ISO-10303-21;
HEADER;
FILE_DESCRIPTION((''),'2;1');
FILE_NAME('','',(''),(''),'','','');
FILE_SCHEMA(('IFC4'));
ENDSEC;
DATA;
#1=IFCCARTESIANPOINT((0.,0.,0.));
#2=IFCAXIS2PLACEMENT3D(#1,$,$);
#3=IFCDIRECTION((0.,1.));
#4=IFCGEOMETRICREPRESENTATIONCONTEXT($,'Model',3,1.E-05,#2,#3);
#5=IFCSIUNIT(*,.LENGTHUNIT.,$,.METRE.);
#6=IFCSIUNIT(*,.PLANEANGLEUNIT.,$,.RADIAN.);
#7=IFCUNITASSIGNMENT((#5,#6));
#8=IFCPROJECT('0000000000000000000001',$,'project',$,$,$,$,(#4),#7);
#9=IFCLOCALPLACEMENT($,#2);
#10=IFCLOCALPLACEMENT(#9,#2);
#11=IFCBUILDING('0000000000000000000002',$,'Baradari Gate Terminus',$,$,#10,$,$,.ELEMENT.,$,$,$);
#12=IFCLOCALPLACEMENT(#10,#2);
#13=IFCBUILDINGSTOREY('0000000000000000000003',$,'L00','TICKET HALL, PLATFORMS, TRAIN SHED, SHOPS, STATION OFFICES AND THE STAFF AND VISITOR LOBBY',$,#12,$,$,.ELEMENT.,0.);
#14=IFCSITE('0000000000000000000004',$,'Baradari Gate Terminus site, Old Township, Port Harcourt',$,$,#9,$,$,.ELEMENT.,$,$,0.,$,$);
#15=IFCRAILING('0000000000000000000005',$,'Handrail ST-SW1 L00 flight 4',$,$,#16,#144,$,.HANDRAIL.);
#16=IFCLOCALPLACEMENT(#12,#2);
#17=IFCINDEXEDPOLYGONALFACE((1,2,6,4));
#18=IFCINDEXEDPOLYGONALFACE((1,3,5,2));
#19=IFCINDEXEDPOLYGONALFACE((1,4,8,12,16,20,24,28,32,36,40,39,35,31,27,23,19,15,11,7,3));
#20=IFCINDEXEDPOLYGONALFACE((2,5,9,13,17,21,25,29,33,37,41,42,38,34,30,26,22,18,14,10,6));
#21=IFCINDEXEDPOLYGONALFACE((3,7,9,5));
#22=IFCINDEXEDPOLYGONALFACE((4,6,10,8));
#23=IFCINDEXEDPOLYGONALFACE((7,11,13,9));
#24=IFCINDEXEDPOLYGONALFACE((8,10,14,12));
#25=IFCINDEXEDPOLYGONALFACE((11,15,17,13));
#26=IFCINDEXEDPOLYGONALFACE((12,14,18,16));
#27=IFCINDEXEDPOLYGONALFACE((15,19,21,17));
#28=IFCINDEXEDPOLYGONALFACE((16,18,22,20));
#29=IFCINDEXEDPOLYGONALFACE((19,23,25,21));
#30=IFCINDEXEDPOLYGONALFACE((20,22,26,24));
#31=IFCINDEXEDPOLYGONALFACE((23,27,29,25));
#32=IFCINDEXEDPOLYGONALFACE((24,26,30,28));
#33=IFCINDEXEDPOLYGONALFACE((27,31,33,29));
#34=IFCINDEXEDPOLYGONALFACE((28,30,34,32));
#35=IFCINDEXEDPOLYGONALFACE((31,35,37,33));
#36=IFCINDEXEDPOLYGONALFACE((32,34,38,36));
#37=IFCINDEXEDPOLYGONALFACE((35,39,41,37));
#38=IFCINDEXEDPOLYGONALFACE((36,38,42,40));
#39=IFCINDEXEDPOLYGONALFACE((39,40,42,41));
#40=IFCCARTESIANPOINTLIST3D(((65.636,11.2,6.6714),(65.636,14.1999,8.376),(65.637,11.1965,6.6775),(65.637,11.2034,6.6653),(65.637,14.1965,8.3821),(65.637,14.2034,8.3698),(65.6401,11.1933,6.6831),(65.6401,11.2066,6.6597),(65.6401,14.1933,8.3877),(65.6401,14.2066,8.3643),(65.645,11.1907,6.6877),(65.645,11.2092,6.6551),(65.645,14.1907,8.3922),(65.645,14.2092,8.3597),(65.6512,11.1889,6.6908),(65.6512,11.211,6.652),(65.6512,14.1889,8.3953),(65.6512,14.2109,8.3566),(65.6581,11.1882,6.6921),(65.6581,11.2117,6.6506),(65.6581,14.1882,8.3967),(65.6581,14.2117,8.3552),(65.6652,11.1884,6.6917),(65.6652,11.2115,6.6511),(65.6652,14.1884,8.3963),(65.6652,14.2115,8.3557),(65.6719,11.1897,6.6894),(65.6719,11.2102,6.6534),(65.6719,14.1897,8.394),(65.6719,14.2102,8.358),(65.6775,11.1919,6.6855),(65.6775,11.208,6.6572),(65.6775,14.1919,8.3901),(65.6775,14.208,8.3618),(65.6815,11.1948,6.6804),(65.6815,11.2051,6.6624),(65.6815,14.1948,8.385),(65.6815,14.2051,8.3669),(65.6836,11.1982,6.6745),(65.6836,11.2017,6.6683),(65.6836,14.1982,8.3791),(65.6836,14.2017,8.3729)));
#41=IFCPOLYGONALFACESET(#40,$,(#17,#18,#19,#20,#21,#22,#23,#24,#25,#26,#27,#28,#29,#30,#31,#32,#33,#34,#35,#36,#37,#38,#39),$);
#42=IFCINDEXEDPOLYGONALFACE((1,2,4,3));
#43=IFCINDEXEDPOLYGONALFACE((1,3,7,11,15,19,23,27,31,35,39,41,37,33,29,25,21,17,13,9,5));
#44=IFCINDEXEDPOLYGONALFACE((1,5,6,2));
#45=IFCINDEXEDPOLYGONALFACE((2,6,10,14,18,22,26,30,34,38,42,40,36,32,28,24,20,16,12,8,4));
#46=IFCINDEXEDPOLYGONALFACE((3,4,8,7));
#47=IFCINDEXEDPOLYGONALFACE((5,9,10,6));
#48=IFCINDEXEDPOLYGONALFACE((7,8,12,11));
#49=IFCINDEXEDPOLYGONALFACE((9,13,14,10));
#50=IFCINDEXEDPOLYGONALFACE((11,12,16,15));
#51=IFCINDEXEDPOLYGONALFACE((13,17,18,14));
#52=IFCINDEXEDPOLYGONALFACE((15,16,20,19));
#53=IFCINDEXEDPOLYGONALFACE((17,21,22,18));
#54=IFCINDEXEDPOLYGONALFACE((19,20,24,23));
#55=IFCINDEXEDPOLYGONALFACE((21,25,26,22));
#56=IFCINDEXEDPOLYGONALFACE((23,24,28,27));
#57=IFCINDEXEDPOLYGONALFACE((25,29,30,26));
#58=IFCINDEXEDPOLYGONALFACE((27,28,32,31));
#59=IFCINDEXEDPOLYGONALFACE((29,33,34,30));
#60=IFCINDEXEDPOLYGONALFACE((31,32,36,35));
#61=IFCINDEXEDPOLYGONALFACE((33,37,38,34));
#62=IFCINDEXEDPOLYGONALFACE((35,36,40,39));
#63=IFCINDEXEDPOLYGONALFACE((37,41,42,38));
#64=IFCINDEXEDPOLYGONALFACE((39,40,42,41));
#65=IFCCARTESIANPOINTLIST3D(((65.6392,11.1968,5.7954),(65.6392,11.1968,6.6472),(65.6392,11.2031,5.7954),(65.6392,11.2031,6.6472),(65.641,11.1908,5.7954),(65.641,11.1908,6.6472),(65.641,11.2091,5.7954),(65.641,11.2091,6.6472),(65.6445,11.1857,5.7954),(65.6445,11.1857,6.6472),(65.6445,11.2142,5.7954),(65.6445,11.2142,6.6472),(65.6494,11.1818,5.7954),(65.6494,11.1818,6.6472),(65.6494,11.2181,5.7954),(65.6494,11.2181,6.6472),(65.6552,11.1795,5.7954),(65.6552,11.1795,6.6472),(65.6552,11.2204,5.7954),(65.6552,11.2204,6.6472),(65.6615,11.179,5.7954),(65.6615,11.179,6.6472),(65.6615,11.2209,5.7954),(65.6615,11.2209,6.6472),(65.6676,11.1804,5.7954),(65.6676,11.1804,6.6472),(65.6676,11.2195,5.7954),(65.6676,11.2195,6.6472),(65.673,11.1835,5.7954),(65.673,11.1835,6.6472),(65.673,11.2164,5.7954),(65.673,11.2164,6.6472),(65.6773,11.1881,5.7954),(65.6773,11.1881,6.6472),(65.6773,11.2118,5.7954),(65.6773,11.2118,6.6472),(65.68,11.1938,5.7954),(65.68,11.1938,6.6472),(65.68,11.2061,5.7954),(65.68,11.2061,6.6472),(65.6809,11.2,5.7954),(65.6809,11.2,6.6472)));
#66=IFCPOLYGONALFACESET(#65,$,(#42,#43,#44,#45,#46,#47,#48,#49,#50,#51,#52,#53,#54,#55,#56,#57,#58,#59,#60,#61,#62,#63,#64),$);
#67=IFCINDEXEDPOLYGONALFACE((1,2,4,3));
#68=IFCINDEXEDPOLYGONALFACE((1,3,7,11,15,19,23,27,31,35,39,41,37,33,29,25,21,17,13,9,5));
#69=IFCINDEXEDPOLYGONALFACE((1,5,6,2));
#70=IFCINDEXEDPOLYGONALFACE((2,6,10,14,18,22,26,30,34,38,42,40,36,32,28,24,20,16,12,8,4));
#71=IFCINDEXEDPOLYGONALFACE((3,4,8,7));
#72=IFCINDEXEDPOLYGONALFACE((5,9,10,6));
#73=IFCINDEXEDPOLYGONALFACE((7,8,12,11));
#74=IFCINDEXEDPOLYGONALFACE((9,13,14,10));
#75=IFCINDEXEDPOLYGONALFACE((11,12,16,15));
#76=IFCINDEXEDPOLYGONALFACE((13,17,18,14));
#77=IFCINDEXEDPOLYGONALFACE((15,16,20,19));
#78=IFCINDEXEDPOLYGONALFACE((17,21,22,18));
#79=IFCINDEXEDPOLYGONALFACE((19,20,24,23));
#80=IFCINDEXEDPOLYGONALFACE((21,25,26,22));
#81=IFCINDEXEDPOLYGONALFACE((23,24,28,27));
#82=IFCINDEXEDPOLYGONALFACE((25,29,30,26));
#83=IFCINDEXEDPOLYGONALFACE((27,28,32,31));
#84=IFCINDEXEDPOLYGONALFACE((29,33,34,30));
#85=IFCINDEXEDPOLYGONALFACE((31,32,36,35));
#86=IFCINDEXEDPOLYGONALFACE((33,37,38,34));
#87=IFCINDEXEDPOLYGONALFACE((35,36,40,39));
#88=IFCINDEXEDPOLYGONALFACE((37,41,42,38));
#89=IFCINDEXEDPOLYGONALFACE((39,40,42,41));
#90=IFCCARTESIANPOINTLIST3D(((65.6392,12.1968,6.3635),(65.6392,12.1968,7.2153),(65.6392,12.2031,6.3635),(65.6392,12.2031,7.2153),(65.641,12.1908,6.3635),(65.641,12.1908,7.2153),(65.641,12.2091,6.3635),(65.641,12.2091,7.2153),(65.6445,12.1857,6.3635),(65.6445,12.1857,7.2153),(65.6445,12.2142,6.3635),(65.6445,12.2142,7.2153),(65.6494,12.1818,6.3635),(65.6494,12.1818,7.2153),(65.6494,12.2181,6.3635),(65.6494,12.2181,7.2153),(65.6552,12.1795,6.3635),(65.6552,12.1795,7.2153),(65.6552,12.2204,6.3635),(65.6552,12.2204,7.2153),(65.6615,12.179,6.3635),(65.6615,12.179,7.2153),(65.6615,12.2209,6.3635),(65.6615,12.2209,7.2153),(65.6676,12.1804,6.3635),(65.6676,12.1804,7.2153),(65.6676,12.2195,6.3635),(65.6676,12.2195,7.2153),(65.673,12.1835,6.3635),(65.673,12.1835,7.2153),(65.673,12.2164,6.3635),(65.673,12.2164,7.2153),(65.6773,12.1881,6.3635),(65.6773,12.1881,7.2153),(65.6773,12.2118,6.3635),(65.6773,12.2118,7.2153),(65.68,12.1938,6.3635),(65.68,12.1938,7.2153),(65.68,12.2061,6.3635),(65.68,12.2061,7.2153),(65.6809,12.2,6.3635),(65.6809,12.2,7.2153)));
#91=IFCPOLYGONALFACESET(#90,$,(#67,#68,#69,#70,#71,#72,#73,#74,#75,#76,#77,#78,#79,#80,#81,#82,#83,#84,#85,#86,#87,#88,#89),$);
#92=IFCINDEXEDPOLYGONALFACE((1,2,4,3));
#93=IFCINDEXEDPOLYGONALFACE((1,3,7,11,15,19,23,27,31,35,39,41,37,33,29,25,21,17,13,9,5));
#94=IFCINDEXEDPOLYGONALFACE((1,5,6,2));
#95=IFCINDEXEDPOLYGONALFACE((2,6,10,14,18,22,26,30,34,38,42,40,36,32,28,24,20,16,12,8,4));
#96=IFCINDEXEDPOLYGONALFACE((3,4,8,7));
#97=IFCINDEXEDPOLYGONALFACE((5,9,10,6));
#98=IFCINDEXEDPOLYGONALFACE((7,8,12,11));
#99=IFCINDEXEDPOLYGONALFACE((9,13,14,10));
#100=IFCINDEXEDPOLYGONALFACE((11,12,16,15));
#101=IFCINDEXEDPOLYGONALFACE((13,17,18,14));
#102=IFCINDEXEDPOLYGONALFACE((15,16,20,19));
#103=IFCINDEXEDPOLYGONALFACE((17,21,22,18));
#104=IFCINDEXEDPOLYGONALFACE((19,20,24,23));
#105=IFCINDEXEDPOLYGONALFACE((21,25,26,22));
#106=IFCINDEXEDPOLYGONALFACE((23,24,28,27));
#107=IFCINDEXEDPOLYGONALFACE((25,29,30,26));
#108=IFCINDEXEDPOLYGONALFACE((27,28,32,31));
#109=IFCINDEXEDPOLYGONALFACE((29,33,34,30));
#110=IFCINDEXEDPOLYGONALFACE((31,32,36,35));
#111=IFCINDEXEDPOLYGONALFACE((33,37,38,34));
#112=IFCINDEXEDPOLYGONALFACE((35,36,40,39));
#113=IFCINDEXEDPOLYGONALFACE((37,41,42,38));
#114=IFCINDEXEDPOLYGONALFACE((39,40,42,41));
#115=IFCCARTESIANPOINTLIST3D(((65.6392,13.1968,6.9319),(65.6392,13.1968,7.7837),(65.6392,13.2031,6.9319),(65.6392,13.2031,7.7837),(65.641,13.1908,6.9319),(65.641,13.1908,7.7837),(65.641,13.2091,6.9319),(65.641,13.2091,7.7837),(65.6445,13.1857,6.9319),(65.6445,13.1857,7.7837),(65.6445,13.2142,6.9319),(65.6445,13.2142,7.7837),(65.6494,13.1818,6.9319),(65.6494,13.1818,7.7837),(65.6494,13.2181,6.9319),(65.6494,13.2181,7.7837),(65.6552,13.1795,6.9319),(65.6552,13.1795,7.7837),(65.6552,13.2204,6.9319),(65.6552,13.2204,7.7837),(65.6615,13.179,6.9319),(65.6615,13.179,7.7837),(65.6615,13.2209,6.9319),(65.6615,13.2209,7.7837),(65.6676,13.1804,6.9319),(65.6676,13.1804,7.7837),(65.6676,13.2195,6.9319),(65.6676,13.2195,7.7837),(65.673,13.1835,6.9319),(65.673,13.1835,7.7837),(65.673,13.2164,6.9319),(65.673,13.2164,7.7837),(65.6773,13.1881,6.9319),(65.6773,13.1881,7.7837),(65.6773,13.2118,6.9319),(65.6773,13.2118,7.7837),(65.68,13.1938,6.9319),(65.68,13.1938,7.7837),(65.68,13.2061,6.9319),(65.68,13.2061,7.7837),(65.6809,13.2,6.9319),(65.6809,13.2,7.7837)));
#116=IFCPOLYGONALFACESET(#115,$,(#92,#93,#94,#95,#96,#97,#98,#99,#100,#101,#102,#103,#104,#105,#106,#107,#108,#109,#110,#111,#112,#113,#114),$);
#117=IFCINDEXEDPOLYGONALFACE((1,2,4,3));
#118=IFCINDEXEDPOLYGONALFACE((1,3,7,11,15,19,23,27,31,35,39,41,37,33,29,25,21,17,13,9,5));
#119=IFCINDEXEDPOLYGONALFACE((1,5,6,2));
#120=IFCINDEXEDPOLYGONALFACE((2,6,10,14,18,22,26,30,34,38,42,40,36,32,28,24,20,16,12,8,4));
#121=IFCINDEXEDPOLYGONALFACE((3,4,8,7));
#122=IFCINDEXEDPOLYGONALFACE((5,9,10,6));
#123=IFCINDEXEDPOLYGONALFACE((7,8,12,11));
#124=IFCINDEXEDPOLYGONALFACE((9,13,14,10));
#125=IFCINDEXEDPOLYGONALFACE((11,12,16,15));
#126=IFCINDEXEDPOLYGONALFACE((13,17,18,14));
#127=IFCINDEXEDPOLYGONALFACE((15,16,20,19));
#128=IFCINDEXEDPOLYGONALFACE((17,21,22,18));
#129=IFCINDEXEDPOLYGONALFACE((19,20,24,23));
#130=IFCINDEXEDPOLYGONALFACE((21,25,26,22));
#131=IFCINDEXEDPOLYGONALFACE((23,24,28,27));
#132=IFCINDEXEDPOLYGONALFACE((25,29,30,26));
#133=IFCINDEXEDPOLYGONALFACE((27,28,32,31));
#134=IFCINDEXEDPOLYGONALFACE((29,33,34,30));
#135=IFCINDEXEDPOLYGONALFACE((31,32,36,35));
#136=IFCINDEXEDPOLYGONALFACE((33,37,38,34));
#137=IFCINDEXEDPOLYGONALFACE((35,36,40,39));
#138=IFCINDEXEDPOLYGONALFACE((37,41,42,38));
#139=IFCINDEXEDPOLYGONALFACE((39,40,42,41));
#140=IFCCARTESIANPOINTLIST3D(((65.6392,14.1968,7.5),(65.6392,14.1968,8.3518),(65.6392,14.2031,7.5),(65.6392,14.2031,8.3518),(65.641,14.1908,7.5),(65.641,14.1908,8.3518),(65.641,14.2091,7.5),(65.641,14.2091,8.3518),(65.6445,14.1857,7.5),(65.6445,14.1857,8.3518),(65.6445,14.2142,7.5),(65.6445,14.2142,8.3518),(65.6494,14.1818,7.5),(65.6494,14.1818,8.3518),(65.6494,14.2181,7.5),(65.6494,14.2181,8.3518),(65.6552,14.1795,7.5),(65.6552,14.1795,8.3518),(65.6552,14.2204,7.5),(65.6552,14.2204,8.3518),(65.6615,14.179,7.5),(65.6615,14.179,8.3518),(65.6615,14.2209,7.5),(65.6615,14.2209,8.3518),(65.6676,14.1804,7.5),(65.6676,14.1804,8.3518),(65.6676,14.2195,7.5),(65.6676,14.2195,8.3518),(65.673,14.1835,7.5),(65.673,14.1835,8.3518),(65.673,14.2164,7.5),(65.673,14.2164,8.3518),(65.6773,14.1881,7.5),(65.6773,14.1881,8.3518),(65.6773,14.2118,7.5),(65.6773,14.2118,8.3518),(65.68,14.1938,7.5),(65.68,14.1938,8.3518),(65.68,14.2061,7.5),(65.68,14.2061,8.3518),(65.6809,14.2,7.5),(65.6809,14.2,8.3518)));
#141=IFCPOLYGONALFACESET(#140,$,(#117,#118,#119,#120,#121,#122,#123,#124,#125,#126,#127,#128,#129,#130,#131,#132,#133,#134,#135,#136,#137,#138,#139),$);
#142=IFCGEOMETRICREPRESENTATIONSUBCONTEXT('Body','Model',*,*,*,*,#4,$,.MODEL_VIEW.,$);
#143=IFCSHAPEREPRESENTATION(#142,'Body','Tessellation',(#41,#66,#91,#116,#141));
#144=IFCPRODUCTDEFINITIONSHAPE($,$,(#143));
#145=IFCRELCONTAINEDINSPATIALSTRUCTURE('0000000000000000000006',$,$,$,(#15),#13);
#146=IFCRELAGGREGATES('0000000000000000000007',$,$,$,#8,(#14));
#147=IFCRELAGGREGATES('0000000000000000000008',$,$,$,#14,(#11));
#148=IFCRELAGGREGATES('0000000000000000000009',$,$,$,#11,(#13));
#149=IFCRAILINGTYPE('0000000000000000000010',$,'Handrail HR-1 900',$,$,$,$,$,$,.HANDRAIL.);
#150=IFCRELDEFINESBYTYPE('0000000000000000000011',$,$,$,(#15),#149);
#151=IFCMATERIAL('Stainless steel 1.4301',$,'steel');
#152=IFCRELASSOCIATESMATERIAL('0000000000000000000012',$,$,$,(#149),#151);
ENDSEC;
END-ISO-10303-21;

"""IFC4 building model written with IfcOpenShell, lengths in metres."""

from ifc_helpers import new_model, si_unit, direction, frame, origin, origin_2d, place, context, subcontext, project, spatial, circle, extrude, material, type_object, element, save


model = new_model("IFC4")

# Units and contexts
model_context = context("Model", 3, precision=1e-05, world=origin(), true_north=direction((0.0, 1.0)))
body_context = subcontext(model_context, "Body", "Model", "MODEL_VIEW")
ifc_project = project(units=[si_unit("LENGTHUNIT", "METRE"), si_unit("PLANEANGLEUNIT", "RADIAN")], contexts=[model_context])

# Site, building, storey
site_placement = place(None, origin())
site = spatial("IfcSite", under=ifc_project, at=site_placement, Name="Baradari Gate Terminus site, Old Township, Port Harcourt", CompositionType="ELEMENT", RefElevation=0.0)
building_placement = place(site_placement, origin())
building = spatial("IfcBuilding", under=site, at=building_placement, Name="Baradari Gate Terminus", CompositionType="ELEMENT")
storey_placement = place(building_placement, origin())
storey = spatial("IfcBuildingStorey", under=building, at=storey_placement, Name="L00", Description="TICKET HALL, PLATFORMS, TRAIN SHED, SHOPS, STATION OFFICES AND THE STAFF AND VISITOR LOBBY", CompositionType="ELEMENT", Elevation=0.0)

# Railing
ifc_material_1 = material(Name="Stainless steel 1.4301", Category="steel")
railing_type = type_object("IfcRailingType", Name="Handrail HR-1 900", PredefinedType="HANDRAIL", material=ifc_material_1)
for number, where, name in (
    (1, (65.6599, 11.2, 5.7954), "Handrail ST-SW1 L00 flight 4"),
):
    element("IfcRailing", number, at=place(storey_placement, frame(where)), inside=storey, type_object=railing_type, Name=name, PredefinedType="HANDRAIL", context=body_context, shape_type="SweptSolid", body=[
        extrude(circle(Radius=0.0239, at=origin_2d()), frame((0.0, 0.0, 0.876), z_axis=(0.0, 0.869451, 0.494019), x_axis=(-1.0, 0.0, 0.0)), (0.0, 0.0, 1.0), 3.4504),
        extrude(circle(Radius=0.021, at=origin_2d()), origin(), (0.0, 0.0, 1.0), 0.8518),
        extrude(circle(Radius=0.021, at=origin_2d()), frame((0.0, 1.0, 0.5681)), (0.0, 0.0, 1.0), 0.8518),
        extrude(circle(Radius=0.021, at=origin_2d()), frame((0.0, 2.0, 1.1365)), (0.0, 0.0, 1.0), 0.8518),
        extrude(circle(Radius=0.021, at=origin_2d()), frame((0.0, 3.0, 1.7046)), (0.0, 0.0, 1.0), 0.8518),
    ])

save(model, "model.ifc")
